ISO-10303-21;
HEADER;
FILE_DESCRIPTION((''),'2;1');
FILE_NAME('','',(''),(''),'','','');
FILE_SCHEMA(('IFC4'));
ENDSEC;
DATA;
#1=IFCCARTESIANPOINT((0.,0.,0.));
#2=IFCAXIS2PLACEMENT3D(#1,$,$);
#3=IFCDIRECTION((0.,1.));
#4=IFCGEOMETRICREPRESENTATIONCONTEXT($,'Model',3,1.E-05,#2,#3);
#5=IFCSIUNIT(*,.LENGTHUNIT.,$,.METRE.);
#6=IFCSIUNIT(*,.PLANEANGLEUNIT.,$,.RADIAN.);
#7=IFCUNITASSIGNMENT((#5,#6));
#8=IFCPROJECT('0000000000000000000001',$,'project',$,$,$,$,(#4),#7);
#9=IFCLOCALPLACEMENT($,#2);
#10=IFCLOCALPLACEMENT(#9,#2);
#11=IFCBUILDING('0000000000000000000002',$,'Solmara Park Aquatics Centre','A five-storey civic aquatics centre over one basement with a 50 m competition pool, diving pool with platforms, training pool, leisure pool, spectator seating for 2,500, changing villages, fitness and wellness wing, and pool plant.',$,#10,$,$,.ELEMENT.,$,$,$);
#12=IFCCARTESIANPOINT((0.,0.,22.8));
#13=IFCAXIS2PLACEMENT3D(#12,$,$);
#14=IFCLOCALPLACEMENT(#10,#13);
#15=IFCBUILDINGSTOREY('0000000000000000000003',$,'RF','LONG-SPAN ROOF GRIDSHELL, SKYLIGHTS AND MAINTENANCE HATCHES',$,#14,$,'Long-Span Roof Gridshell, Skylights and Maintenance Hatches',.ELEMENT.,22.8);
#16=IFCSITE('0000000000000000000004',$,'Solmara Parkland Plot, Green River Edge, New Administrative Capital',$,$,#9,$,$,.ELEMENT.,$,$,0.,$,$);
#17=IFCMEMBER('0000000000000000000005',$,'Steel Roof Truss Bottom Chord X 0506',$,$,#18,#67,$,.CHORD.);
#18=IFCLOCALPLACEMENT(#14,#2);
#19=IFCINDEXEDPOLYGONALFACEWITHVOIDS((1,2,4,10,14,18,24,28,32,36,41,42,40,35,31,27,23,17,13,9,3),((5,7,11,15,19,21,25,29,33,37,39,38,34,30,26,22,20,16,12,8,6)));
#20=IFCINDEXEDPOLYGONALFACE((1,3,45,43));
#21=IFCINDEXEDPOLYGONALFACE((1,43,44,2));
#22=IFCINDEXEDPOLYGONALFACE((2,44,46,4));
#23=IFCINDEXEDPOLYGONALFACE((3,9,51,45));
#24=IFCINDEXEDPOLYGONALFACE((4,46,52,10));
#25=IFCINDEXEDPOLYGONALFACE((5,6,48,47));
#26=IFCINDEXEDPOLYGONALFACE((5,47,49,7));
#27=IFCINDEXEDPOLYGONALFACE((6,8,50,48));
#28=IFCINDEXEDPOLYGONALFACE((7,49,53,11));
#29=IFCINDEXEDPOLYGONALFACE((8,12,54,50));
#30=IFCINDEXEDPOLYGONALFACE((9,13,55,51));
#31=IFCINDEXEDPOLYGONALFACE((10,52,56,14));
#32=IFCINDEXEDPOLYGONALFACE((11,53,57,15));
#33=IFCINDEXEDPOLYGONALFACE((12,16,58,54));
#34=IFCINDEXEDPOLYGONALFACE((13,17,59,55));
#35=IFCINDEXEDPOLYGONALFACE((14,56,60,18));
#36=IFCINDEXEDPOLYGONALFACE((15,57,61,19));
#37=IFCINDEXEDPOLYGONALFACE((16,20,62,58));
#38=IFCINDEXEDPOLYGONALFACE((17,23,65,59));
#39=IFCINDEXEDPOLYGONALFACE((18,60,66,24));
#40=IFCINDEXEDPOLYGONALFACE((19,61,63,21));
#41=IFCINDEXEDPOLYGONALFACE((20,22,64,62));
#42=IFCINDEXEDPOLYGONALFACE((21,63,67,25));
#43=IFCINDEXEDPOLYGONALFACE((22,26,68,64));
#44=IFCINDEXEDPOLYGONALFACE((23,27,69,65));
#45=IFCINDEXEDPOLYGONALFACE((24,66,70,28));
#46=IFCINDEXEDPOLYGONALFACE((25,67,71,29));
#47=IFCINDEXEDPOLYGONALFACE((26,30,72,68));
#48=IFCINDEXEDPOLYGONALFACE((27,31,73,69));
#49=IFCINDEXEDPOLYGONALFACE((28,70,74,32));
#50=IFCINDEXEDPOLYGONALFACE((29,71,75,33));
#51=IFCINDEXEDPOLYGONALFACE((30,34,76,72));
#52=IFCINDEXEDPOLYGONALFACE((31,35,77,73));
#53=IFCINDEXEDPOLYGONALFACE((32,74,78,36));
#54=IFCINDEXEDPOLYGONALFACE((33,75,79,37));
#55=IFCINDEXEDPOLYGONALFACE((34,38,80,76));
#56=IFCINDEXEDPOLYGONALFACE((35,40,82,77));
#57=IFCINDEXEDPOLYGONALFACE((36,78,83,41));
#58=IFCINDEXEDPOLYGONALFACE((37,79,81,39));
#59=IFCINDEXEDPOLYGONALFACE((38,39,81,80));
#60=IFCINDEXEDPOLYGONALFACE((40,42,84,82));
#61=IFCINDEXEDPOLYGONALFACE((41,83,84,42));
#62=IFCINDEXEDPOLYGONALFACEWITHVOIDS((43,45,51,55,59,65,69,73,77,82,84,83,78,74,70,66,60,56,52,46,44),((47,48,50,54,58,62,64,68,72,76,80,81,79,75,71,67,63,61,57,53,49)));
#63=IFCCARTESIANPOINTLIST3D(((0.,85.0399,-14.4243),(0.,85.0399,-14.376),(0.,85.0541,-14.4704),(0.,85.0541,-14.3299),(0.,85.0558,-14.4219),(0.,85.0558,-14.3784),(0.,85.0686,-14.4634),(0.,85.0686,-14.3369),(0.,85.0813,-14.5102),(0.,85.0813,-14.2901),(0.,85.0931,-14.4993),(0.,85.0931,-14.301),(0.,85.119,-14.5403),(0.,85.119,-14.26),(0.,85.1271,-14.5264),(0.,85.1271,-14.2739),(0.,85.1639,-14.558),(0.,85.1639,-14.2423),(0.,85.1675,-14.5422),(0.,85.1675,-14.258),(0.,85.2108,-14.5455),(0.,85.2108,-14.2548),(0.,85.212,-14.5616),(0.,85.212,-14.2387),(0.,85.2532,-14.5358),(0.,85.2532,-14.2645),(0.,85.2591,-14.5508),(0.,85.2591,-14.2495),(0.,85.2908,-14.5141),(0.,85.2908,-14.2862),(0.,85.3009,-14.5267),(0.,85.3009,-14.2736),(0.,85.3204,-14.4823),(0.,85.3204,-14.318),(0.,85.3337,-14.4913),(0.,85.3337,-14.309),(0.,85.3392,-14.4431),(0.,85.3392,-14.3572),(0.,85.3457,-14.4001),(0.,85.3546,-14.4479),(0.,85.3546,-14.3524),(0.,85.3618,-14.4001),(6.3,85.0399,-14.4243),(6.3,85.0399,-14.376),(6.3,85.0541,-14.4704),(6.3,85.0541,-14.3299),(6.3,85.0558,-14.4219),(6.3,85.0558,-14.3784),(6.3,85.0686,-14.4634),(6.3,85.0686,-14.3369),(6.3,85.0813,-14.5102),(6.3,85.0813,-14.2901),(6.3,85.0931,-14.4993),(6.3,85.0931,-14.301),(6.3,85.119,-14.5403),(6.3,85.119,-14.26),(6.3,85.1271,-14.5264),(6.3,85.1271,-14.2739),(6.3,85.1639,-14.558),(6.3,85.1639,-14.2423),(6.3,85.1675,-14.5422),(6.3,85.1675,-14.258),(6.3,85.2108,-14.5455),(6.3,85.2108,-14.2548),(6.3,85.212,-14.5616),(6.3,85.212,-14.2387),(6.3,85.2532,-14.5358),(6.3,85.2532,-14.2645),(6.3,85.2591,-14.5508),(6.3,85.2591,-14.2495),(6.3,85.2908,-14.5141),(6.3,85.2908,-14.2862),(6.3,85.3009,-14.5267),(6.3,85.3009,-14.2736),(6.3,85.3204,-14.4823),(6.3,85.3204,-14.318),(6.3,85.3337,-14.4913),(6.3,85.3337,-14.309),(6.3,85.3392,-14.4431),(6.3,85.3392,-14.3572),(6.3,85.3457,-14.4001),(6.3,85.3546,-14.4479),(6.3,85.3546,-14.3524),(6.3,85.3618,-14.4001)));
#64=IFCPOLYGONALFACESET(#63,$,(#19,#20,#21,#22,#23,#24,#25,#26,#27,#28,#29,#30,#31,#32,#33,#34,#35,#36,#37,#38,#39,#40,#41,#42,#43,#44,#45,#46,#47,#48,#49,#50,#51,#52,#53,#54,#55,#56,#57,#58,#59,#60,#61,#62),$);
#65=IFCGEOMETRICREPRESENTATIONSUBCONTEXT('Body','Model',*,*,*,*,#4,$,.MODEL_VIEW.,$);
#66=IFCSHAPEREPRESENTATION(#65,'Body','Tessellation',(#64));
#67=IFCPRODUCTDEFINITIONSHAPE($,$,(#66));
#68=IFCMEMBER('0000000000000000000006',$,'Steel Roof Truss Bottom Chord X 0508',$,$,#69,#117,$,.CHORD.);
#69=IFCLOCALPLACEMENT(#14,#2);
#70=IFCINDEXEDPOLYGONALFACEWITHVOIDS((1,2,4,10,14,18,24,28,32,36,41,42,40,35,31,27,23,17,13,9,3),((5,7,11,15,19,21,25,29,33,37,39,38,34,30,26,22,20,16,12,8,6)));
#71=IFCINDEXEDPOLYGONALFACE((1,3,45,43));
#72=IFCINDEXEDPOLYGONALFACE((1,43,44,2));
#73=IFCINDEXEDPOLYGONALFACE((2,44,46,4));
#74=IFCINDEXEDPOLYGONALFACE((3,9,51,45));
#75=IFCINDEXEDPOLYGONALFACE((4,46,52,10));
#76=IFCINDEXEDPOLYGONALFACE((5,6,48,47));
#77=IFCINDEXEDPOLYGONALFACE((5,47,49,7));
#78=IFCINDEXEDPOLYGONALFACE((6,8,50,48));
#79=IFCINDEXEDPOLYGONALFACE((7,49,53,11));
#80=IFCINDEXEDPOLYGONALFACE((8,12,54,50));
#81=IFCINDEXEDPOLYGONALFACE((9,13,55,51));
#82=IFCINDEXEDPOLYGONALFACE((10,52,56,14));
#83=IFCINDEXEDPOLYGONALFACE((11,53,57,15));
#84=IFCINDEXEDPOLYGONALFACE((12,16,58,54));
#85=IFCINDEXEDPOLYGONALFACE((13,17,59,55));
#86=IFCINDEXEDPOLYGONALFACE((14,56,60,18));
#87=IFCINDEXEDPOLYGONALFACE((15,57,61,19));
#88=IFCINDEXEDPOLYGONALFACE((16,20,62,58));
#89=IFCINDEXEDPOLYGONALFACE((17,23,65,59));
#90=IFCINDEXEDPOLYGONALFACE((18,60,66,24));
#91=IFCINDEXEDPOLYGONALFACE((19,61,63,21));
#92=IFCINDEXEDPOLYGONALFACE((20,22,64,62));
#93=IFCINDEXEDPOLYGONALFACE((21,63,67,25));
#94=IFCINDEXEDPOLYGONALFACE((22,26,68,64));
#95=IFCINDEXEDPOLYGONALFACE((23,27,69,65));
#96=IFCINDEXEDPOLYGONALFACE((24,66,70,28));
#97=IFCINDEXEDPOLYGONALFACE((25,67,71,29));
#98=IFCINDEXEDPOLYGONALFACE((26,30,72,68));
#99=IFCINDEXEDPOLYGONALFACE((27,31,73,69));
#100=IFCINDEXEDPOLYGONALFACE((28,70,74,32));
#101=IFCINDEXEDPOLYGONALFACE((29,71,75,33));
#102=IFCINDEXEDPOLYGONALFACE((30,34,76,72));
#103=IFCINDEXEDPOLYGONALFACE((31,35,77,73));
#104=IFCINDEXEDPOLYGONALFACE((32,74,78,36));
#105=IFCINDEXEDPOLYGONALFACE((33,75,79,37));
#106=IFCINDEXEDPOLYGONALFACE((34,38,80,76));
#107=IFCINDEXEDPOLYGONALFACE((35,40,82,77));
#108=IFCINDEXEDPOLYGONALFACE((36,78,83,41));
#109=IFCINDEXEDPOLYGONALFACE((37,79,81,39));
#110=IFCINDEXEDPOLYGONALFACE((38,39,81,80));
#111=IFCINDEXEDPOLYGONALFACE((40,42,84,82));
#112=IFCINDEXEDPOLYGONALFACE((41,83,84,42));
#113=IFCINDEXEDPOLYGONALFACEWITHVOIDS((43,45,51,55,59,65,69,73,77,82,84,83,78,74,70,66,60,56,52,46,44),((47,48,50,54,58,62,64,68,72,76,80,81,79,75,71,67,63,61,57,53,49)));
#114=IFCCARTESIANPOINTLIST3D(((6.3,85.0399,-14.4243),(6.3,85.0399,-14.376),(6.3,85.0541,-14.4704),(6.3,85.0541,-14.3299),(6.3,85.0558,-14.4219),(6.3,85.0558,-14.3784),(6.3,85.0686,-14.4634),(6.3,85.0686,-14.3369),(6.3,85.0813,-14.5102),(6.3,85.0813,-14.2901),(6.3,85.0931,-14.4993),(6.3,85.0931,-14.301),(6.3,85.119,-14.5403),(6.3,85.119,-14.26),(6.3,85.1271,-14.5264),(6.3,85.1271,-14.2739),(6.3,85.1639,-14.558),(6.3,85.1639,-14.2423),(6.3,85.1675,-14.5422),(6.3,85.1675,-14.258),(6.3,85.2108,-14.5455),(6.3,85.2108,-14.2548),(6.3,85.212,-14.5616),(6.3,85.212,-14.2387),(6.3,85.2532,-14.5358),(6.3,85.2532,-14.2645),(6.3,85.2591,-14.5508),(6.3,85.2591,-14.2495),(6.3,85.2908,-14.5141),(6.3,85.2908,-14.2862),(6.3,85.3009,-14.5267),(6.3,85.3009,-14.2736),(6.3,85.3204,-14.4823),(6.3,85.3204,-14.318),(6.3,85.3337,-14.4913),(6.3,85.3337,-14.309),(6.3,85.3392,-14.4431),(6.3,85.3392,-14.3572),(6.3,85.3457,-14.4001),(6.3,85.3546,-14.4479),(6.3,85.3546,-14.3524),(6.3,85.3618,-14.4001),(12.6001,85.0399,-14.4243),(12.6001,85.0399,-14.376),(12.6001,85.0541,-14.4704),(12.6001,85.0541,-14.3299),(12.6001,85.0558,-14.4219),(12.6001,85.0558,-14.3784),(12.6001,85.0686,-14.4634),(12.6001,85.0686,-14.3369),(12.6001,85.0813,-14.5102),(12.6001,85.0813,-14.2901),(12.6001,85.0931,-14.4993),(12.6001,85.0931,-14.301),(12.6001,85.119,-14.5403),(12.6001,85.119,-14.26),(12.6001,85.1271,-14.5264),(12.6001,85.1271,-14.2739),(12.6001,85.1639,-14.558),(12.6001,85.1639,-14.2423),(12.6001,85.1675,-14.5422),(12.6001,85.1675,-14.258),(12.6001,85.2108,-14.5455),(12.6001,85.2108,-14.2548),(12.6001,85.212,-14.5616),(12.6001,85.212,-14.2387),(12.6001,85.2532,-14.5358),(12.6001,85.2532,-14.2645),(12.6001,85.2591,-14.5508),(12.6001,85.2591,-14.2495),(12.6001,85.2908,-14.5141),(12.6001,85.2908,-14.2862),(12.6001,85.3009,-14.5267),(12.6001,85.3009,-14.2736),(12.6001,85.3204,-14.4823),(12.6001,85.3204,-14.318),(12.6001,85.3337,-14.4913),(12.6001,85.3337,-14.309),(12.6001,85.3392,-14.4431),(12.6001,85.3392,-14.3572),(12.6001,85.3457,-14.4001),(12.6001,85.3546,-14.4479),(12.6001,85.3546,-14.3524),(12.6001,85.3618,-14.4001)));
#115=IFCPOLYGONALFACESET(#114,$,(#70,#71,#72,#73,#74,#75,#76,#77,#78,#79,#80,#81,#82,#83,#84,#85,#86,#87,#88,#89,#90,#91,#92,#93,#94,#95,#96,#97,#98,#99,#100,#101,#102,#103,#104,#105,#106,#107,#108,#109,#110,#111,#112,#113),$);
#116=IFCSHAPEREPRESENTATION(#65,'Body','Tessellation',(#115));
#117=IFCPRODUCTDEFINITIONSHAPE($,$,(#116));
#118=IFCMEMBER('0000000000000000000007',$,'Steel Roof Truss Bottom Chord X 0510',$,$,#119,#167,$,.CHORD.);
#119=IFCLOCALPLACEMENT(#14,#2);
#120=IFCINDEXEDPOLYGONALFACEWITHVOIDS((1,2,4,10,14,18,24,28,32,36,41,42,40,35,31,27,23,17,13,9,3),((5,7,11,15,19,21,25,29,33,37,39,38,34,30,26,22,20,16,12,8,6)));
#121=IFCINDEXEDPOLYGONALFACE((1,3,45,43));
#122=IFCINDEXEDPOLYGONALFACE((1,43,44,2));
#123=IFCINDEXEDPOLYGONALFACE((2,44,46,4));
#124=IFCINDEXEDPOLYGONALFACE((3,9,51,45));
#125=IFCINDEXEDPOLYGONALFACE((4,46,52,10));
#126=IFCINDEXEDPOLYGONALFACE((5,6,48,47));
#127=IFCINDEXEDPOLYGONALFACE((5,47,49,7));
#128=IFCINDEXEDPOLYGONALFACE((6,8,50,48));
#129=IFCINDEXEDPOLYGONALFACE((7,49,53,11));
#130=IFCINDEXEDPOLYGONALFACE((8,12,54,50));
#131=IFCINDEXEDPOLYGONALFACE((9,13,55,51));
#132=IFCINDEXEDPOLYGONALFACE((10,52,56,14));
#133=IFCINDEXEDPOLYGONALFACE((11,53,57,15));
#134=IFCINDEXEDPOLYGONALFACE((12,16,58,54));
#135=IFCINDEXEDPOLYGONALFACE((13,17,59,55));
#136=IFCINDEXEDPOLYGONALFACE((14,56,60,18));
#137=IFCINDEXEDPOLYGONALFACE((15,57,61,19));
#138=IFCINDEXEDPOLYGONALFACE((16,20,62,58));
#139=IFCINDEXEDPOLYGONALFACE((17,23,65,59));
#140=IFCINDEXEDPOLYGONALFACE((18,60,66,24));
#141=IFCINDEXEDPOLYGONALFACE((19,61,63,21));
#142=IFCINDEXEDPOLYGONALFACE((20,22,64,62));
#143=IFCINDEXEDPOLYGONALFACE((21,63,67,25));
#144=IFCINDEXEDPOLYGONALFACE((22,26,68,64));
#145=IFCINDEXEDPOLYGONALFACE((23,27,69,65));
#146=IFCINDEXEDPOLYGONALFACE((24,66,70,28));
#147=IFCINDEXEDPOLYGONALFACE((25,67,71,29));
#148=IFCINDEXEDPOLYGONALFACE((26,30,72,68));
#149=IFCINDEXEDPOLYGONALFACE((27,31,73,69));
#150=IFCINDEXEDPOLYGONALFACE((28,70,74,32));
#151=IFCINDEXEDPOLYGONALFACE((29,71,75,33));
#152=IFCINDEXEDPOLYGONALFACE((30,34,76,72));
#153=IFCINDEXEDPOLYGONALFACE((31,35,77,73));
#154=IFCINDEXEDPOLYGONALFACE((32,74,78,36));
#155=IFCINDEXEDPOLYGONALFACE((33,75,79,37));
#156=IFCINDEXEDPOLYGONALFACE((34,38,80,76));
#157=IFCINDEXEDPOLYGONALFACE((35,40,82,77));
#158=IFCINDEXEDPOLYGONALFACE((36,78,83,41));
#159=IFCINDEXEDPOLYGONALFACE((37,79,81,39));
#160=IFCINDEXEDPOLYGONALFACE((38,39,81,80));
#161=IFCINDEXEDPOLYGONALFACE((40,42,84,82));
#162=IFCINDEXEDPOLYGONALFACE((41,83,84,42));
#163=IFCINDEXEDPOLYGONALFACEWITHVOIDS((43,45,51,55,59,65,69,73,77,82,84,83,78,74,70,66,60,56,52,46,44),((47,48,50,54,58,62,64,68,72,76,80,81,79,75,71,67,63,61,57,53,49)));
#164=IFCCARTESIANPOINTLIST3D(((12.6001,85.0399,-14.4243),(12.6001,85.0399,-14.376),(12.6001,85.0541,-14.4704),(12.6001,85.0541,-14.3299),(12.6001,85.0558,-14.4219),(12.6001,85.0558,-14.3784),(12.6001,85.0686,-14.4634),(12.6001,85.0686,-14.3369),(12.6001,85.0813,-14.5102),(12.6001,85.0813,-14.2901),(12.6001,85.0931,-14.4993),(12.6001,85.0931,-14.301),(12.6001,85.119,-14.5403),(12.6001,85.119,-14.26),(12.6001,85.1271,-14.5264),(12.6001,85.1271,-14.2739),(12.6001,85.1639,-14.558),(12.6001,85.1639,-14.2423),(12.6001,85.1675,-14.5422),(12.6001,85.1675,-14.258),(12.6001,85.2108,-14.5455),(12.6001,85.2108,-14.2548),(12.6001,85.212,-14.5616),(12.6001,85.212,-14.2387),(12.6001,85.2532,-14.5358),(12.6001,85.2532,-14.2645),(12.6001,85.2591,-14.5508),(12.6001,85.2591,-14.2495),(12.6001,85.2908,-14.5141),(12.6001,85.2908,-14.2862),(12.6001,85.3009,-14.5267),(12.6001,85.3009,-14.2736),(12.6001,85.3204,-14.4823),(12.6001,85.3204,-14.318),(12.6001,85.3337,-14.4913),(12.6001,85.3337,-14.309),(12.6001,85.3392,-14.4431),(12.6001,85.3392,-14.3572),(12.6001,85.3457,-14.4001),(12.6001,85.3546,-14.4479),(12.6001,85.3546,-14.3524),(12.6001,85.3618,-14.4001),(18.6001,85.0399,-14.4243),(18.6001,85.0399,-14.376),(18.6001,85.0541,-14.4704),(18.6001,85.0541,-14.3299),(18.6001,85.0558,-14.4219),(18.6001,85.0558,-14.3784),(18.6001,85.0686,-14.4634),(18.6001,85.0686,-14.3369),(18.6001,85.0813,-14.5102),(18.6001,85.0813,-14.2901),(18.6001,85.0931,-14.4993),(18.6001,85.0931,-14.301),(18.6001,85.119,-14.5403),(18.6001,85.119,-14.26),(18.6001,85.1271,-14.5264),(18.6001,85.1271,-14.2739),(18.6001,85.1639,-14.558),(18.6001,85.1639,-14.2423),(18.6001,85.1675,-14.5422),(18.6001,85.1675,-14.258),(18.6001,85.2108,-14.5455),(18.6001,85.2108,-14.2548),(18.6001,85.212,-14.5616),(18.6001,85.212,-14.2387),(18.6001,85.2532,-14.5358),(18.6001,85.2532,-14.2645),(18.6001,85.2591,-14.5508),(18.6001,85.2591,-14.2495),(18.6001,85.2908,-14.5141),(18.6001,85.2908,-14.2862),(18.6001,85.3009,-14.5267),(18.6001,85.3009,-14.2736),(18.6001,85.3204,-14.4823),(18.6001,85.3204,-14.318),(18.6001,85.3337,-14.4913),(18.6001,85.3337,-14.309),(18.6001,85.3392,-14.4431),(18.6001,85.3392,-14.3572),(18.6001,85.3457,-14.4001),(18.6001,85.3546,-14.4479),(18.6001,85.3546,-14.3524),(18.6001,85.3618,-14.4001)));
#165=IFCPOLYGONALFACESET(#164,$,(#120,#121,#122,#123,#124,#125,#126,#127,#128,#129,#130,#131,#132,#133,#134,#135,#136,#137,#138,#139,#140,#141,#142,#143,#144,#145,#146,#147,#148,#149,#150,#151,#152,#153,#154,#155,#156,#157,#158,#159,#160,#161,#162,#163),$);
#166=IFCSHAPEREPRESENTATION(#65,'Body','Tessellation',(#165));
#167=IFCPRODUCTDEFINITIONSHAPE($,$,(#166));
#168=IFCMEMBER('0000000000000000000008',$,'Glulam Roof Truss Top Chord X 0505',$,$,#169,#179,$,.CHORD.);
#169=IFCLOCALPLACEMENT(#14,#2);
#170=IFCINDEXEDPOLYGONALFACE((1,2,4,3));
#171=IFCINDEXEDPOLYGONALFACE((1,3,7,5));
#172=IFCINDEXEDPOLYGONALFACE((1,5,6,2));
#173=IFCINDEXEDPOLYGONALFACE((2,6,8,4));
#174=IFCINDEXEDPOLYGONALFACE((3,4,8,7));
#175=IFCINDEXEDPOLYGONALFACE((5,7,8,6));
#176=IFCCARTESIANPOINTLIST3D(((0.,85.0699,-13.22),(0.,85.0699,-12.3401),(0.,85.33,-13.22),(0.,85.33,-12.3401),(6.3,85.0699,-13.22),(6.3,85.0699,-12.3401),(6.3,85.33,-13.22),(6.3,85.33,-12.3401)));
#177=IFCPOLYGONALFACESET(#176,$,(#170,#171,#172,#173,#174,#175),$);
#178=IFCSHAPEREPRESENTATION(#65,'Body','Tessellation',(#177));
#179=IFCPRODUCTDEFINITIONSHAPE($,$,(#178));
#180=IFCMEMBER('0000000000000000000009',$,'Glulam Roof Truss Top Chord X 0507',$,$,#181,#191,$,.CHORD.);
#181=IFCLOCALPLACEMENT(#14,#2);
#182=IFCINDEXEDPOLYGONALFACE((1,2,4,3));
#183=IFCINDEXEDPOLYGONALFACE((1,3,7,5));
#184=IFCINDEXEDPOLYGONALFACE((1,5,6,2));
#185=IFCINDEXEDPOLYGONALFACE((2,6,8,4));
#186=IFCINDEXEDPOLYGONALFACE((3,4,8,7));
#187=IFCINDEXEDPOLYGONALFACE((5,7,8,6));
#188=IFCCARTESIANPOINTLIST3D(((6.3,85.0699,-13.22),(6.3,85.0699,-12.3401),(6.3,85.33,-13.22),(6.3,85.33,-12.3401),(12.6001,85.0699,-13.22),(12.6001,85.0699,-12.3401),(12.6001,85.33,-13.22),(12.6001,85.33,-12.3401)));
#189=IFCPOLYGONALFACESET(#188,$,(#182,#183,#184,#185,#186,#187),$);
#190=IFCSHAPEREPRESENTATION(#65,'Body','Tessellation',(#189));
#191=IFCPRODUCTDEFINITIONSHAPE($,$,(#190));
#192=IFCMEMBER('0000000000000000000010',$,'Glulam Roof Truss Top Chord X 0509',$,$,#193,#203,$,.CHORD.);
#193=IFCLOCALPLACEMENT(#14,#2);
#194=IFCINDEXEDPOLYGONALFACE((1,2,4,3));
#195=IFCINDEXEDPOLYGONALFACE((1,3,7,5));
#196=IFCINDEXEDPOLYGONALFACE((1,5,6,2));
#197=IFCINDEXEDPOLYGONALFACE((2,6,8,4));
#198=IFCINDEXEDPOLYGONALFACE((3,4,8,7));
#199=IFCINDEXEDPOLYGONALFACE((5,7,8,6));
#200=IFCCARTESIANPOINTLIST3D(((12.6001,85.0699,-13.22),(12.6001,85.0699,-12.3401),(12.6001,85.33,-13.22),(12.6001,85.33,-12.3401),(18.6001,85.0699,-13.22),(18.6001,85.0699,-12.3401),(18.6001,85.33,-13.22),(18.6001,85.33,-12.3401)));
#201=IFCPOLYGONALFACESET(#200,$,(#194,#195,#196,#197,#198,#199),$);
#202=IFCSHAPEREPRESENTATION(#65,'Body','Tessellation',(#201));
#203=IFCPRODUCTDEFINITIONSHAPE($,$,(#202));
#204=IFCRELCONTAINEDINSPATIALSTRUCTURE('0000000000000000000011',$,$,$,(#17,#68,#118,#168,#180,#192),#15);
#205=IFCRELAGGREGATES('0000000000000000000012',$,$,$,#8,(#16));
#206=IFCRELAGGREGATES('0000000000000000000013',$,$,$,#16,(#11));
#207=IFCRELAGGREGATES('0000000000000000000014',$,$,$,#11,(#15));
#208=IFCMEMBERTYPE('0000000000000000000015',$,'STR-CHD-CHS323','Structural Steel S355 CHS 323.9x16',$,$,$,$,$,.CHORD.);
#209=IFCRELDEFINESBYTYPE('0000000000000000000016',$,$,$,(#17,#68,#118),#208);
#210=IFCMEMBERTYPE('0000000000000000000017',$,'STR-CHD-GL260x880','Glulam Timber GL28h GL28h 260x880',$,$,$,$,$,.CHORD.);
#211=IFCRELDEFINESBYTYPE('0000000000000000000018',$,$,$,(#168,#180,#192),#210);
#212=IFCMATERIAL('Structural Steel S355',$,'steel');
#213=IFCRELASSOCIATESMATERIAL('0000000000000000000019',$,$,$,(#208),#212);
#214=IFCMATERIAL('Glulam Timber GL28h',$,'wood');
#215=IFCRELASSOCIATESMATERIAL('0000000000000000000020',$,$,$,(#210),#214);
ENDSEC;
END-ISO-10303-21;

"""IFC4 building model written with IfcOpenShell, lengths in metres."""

from ifc_helpers import new_model, si_unit, direction, frame, origin, origin_2d, place, context, subcontext, project, spatial, rectangle, hollow_circle, extrude, material, material_profile, profile_set, type_object, element, save


model = new_model("IFC4")

# Units and contexts
model_context = context("Model", 3, precision=1e-05, world=origin(), true_north=direction((0.0, 1.0)))
body_context = subcontext(model_context, "Body", "Model", "MODEL_VIEW")
ifc_project = project(units=[si_unit("LENGTHUNIT", "METRE"), si_unit("PLANEANGLEUNIT", "RADIAN")], contexts=[model_context])

# Site, building, storey
site_placement = place(None, origin())
site = spatial("IfcSite", under=ifc_project, at=site_placement, Name="Solmara Parkland Plot, Green River Edge, New Administrative Capital", CompositionType="ELEMENT", RefElevation=0.0)
building_placement = place(site_placement, origin())
building = spatial("IfcBuilding", under=site, at=building_placement, Name="Solmara Park Aquatics Centre", Description="A five-storey civic aquatics centre over one basement with a 50 m competition pool, diving pool with platforms, training pool, leisure pool, spectator seating for 2,500, changing villages, fitness and wellness wing, and pool plant.", CompositionType="ELEMENT")
storey_placement = place(building_placement, frame((0.0, 0.0, 22.8)))
storey = spatial("IfcBuildingStorey", under=building, at=storey_placement, Name="RF", Description="LONG-SPAN ROOF GRIDSHELL, SKYLIGHTS AND MAINTENANCE HATCHES", LongName="Long-Span Roof Gridshell, Skylights and Maintenance Hatches", CompositionType="ELEMENT", Elevation=22.8)

# Shared definitions
ifc_material_1 = material(Name="Structural Steel S355", Category="steel")

# Members
ifc_material_profile_1 = material_profile(ifc_material_1, hollow_circle(Radius=0.1619, WallThickness=0.0161, at=origin_2d()), Name="CHS 323.9x16")
ifc_profile_set_1 = profile_set([ifc_material_profile_1], Name="Structural Steel S355")
member_type_1 = type_object("IfcMemberType", Name="STR-CHD-CHS323", Description="Structural Steel S355 CHS 323.9x16", PredefinedType="CHORD", material=ifc_profile_set_1)
for number, where, z_axis, x_axis, name in (
    (1, (0.0, 85.2, -14.4001), (1.0, 0.0, 0.0), (0.0, 1.0, 0.0), "Steel Roof Truss Bottom Chord X 0506"),
    (2, (6.3, 85.2, -14.4001), (1.0, 0.0, 0.0), (0.0, 1.0, 0.0), "Steel Roof Truss Bottom Chord X 0508"),
):
    element("IfcMember", number, at=place(storey_placement, frame(where, z_axis=z_axis, x_axis=x_axis)), inside=storey, type_object=member_type_1, Name=name, PredefinedType="CHORD", context=body_context, shape_type="SweptSolid", body=[
        extrude(hollow_circle(Radius=0.1619, WallThickness=0.0161, at=origin_2d()), origin(), (0.0, 0.0, 1.0), 6.3),
    ])
member_1_placement = place(storey_placement, frame((12.6001, 85.2, -14.4001), z_axis=(1.0, 0.0, 0.0), x_axis=(0.0, 1.0, 0.0)))
element("IfcMember", 3, at=member_1_placement, inside=storey, type_object=member_type_1, Name="Steel Roof Truss Bottom Chord X 0510", PredefinedType="CHORD", context=body_context, shape_type="SweptSolid", body=[
    extrude(hollow_circle(Radius=0.1619, WallThickness=0.0161, at=origin_2d()), origin(), (0.0, 0.0, 1.0), 6.0),
])
ifc_material_2 = material(Name="Glulam Timber GL28h", Category="wood")
ifc_material_profile_2 = material_profile(ifc_material_2, rectangle(XDim=0.26, YDim=0.8799, at=origin_2d()), Name="GL28h 260x880")
ifc_profile_set_2 = profile_set([ifc_material_profile_2], Name="Glulam Timber GL28h")
member_type_2 = type_object("IfcMemberType", Name="STR-CHD-GL260x880", Description="Glulam Timber GL28h GL28h 260x880", PredefinedType="CHORD", material=ifc_profile_set_2)
for number, where, z_axis, x_axis, name in (
    (4, (0.0, 85.2, -12.78), (1.0, 0.0, 0.0), (0.0, 1.0, 0.0), "Glulam Roof Truss Top Chord X 0505"),
    (5, (6.3, 85.2, -12.78), (1.0, 0.0, 0.0), (0.0, 1.0, 0.0), "Glulam Roof Truss Top Chord X 0507"),
):
    element("IfcMember", number, at=place(storey_placement, frame(where, z_axis=z_axis, x_axis=x_axis)), inside=storey, type_object=member_type_2, Name=name, PredefinedType="CHORD", context=body_context, shape_type="SweptSolid", body=[
        extrude(rectangle(XDim=0.26, YDim=0.8799, at=origin_2d()), origin(), (0.0, 0.0, 1.0), 6.3),
    ])
member_2_placement = place(storey_placement, frame((12.6001, 85.2, -12.78), z_axis=(1.0, 0.0, 0.0), x_axis=(0.0, 1.0, 0.0)))
element("IfcMember", 6, at=member_2_placement, inside=storey, type_object=member_type_2, Name="Glulam Roof Truss Top Chord X 0509", PredefinedType="CHORD", context=body_context, shape_type="SweptSolid", body=[
    extrude(rectangle(XDim=0.26, YDim=0.8799, at=origin_2d()), origin(), (0.0, 0.0, 1.0), 6.0),
])

save(model, "model.ifc")
